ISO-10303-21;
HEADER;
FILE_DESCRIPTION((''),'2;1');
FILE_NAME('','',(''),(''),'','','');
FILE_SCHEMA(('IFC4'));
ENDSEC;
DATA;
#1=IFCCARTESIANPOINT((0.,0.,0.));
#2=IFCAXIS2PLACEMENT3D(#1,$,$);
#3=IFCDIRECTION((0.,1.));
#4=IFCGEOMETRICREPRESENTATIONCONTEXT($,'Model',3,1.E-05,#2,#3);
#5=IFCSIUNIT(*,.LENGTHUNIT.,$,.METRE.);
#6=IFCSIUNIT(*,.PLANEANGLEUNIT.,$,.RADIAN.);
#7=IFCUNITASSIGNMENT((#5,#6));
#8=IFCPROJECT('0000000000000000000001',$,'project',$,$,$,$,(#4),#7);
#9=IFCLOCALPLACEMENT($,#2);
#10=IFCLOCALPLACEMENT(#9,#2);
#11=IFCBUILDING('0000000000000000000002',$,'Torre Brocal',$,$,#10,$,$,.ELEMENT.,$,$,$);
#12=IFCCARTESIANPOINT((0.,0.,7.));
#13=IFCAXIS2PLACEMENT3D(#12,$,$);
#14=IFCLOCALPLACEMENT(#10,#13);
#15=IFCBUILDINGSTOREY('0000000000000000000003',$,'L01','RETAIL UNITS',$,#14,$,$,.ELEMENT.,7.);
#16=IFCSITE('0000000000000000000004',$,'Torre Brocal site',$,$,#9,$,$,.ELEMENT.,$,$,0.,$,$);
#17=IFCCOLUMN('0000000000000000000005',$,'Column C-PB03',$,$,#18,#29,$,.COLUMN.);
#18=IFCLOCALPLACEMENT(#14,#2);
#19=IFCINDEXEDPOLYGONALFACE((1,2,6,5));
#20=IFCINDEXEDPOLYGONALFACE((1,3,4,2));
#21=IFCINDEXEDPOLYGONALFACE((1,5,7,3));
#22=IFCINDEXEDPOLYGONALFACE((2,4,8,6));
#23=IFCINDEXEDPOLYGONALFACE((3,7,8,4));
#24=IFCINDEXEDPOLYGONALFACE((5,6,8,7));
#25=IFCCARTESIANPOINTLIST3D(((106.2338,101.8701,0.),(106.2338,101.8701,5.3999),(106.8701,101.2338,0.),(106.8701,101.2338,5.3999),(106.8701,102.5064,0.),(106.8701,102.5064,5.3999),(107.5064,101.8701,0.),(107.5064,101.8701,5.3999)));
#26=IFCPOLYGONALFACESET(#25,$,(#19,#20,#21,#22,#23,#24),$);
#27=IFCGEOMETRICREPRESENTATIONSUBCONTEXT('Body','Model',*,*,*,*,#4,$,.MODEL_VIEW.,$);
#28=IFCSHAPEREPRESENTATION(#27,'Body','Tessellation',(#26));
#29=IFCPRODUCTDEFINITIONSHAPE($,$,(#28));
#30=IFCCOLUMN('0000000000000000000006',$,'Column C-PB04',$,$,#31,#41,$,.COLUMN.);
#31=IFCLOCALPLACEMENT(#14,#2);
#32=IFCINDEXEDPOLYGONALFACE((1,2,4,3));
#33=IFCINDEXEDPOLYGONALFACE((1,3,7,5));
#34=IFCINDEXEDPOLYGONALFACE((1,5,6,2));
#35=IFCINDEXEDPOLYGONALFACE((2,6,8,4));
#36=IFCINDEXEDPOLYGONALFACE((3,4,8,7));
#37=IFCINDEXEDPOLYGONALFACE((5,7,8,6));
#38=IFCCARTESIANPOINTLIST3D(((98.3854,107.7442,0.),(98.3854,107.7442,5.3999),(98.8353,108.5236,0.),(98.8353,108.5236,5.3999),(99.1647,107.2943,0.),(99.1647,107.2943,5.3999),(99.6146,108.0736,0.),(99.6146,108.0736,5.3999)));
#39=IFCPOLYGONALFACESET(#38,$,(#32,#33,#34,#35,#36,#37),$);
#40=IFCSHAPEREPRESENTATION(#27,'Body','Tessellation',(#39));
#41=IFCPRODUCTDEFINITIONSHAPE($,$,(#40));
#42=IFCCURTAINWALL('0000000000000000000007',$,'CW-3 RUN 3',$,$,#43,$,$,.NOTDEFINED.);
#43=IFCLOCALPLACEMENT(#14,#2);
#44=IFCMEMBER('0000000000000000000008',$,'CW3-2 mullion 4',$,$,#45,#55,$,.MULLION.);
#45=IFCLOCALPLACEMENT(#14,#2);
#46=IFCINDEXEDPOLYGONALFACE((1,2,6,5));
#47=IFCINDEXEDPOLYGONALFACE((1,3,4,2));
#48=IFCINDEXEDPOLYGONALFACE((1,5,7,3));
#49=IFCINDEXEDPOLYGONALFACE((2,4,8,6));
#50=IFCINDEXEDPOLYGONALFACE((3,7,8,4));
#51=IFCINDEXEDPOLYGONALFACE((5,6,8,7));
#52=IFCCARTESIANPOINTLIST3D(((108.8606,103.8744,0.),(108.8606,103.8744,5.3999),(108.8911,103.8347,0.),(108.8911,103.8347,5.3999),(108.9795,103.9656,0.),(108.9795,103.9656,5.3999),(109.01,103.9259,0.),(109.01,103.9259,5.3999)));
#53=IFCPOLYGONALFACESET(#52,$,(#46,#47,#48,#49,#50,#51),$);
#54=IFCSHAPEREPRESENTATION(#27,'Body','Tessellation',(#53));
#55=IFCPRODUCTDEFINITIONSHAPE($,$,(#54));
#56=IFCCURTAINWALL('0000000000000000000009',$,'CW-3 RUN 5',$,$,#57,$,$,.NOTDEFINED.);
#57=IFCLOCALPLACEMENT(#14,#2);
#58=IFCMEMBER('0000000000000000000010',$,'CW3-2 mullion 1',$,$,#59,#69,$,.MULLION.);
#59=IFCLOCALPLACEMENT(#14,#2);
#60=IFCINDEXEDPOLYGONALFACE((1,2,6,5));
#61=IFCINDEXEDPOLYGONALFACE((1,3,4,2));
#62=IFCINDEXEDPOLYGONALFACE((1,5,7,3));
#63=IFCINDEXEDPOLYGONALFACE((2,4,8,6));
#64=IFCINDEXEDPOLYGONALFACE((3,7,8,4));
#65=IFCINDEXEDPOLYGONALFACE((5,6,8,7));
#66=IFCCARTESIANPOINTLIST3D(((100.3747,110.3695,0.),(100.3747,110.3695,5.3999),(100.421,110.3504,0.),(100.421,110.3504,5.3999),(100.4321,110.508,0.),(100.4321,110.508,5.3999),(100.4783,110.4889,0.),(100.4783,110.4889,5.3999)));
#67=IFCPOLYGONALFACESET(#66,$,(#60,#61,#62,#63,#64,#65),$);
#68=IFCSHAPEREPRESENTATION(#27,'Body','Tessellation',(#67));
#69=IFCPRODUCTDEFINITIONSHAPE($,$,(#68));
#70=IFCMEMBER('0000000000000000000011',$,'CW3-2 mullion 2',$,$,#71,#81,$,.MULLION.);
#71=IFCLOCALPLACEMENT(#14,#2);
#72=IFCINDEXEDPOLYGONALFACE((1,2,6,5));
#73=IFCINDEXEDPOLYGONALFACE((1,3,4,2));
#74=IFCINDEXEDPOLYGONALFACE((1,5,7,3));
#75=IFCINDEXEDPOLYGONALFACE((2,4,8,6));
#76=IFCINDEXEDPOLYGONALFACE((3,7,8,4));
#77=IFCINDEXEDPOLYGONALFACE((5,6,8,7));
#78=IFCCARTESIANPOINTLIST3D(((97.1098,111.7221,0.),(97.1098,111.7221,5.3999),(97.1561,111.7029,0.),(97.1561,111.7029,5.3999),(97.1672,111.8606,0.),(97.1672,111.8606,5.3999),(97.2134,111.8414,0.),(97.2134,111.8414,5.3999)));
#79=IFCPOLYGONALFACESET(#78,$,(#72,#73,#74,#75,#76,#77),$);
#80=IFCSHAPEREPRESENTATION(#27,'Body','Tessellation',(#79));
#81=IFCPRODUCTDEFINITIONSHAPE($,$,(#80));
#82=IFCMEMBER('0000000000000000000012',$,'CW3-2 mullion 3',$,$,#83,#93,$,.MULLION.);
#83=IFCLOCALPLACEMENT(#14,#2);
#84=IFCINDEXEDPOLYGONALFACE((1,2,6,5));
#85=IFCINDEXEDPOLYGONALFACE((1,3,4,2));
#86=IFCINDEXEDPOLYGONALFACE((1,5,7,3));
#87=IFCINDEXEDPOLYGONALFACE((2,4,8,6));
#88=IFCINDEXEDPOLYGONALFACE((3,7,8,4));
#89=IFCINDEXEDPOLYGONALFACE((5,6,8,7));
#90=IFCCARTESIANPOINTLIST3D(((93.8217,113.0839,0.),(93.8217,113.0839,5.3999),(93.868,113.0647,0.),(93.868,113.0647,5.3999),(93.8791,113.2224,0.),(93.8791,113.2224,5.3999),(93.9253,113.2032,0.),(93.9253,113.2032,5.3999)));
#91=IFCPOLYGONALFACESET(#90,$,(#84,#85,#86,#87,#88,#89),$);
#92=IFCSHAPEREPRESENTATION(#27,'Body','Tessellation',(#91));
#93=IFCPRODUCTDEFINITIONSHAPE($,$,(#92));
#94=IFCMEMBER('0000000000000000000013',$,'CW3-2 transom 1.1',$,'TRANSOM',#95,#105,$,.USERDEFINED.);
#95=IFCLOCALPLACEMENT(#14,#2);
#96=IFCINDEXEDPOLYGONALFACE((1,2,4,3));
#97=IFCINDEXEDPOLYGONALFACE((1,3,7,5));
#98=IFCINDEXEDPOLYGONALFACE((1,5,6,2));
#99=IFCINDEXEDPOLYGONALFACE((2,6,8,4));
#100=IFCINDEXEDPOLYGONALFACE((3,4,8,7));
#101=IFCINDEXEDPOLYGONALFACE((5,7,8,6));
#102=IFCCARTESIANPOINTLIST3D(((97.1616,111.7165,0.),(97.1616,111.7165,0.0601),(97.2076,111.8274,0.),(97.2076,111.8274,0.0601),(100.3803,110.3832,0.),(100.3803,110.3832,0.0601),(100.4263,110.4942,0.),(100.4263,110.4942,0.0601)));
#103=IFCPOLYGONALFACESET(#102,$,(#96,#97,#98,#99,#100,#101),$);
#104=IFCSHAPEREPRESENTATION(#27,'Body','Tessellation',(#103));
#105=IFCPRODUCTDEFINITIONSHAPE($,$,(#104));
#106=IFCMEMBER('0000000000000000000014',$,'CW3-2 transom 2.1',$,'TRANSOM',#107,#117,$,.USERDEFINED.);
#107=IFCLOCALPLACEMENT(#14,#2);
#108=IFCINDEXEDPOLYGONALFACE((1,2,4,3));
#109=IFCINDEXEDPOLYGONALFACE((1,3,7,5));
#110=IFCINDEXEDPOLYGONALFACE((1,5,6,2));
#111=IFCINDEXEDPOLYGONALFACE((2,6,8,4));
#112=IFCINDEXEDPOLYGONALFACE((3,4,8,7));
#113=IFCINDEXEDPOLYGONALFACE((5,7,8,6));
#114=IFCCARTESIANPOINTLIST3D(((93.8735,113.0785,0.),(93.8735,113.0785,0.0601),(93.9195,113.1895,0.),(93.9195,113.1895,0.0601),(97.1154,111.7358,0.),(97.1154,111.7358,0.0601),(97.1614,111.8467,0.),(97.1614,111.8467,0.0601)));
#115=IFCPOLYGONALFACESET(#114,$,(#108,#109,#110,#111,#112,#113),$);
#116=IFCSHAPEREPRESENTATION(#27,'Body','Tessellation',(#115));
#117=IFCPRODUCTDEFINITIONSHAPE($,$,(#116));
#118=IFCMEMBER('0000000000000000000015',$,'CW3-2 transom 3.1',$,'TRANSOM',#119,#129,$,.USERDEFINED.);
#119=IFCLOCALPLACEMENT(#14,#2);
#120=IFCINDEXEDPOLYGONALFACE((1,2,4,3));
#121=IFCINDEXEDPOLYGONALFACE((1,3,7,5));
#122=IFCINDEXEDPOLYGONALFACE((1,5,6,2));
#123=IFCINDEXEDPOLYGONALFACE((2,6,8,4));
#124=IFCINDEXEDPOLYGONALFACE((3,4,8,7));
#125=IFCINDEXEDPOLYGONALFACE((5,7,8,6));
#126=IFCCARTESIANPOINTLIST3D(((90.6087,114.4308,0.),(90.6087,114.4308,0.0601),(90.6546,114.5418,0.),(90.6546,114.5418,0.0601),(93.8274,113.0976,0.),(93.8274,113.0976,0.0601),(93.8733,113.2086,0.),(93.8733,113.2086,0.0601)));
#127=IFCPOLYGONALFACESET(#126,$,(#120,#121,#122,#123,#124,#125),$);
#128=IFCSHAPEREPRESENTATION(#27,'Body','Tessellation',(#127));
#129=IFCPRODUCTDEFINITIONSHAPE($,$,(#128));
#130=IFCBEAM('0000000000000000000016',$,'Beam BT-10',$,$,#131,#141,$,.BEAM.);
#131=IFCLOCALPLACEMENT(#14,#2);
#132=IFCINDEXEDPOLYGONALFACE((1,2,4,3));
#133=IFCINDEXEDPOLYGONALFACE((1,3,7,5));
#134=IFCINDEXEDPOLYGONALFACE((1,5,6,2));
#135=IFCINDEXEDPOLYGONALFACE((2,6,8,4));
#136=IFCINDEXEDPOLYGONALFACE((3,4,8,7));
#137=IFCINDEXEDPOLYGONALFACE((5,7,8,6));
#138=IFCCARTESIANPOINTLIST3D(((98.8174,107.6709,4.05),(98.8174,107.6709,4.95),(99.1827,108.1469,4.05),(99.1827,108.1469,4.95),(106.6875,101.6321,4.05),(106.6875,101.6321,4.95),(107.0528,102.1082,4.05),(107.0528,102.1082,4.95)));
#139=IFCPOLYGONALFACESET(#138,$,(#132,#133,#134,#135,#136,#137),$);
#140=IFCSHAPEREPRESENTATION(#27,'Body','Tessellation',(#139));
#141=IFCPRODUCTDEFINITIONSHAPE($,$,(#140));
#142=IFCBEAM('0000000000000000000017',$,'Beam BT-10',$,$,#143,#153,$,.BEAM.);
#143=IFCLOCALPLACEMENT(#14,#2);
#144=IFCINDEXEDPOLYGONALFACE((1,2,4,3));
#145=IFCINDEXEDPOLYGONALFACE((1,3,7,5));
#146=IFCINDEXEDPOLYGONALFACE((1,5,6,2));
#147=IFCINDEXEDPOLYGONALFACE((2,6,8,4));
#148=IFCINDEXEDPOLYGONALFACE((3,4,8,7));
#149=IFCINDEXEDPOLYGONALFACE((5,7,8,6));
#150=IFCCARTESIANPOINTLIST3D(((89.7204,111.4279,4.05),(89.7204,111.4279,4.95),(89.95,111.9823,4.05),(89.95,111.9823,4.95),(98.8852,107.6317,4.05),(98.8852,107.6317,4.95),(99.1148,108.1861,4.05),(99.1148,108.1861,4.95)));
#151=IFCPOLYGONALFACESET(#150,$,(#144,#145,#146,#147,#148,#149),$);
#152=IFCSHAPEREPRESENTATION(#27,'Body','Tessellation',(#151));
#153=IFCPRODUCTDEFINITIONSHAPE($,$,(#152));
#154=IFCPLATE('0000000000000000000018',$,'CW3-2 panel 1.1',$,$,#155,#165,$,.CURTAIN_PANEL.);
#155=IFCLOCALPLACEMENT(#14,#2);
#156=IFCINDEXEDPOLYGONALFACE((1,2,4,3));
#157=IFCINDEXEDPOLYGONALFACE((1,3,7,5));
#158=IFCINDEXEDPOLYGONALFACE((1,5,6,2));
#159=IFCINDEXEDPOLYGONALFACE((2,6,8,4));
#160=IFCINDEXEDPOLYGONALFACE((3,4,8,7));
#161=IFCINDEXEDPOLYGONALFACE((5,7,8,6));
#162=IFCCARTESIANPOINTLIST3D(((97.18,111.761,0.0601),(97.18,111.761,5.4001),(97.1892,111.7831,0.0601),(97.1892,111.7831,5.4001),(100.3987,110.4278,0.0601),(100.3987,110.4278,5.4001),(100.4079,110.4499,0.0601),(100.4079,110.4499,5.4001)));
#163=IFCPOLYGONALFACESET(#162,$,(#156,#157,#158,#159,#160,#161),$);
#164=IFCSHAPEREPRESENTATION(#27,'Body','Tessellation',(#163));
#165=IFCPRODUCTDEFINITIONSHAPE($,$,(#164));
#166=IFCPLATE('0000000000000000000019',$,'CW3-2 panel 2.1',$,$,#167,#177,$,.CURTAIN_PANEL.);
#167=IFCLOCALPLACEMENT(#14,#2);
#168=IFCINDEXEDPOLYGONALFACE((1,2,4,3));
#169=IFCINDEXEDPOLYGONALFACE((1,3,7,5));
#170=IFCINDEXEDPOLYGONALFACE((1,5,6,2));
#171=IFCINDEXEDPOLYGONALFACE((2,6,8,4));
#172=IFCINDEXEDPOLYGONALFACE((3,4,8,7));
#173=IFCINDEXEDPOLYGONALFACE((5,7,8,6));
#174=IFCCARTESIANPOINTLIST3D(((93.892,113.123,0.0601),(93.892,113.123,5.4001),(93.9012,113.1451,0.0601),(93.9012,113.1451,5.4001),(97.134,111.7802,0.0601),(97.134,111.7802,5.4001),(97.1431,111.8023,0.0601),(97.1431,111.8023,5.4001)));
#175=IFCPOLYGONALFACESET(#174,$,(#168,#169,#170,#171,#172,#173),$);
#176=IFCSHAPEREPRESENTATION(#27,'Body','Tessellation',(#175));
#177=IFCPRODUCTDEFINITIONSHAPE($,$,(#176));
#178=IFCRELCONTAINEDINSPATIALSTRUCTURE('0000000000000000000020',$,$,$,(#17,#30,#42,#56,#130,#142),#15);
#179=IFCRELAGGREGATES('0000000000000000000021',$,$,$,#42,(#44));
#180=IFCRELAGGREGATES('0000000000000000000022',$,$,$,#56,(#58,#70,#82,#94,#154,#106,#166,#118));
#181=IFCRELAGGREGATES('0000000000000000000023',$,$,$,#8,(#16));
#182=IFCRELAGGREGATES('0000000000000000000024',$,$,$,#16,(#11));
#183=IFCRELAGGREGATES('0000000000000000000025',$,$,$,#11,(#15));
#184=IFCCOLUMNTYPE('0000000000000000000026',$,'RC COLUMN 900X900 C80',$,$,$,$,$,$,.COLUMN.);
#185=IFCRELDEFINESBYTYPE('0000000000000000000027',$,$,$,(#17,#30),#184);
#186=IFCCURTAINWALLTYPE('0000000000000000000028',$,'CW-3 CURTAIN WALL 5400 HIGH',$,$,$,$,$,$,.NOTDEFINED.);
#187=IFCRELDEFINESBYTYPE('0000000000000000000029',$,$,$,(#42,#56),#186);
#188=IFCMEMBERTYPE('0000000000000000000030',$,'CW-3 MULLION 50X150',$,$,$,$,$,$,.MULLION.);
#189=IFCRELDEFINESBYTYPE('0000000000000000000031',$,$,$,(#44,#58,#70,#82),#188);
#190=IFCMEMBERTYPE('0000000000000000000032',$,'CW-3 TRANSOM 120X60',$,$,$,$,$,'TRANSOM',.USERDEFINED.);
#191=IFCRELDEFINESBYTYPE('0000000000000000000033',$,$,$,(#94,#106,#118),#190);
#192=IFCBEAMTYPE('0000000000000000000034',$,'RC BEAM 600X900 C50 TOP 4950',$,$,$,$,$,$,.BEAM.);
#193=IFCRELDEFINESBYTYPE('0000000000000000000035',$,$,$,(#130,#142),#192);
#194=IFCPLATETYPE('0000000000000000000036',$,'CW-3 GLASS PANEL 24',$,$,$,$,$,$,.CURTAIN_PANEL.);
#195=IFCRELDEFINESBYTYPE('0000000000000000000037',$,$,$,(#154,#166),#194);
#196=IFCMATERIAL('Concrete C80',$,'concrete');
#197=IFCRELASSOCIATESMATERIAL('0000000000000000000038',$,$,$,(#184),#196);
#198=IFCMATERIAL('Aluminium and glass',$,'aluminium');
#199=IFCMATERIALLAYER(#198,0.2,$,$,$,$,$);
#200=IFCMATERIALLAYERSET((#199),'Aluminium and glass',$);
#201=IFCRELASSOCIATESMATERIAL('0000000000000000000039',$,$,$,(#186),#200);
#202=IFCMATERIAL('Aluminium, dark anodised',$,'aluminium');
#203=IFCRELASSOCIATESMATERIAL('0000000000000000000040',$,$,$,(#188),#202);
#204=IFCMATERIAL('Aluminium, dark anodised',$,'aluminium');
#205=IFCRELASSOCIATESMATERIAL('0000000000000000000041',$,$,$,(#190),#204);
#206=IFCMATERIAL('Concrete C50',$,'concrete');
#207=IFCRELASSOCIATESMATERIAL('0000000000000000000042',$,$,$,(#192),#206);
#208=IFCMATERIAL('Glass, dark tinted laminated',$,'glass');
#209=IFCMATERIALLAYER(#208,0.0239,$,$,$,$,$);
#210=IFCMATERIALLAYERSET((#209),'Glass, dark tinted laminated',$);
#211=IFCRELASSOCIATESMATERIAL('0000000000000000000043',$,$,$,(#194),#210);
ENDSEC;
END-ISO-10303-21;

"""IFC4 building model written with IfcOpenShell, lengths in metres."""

from ifc_helpers import new_model, si_unit, direction, frame, origin, origin_2d, place, context, subcontext, project, spatial, rectangle, extrude, material, layer, layer_set, material_profile, profile_set, type_object, element, aggregate, save


model = new_model("IFC4")

# Units and contexts
model_context = context("Model", 3, precision=1e-05, world=origin(), true_north=direction((0.0, 1.0)))
body_context = subcontext(model_context, "Body", "Model", "MODEL_VIEW")
ifc_project = project(units=[si_unit("LENGTHUNIT", "METRE"), si_unit("PLANEANGLEUNIT", "RADIAN")], contexts=[model_context])

# Site, building, storey
site_placement = place(None, origin())
site = spatial("IfcSite", under=ifc_project, at=site_placement, Name="Torre Brocal site", CompositionType="ELEMENT", RefElevation=0.0)
building_placement = place(site_placement, origin())
building = spatial("IfcBuilding", under=site, at=building_placement, Name="Torre Brocal", CompositionType="ELEMENT")
storey_placement = place(building_placement, frame((0.0, 0.0, 7.0)))
storey = spatial("IfcBuildingStorey", under=building, at=storey_placement, Name="L01", Description="RETAIL UNITS", CompositionType="ELEMENT", Elevation=7.0)

# Columns
ifc_material_1 = material(Name="Concrete C80", Category="concrete")
ifc_material_profile_1 = material_profile(ifc_material_1, rectangle(XDim=0.8999, YDim=0.8999, at=origin_2d()), Name="RC 900X900")
ifc_profile_set_1 = profile_set([ifc_material_profile_1], Name="Concrete C80")
column_type = type_object("IfcColumnType", Name="RC COLUMN 900X900 C80", PredefinedType="COLUMN", material=ifc_profile_set_1)
for number, where, z_axis, x_axis, name in (
    (1, (106.8701, 101.8701, 0.0), (0.0, 0.0, 1.0), (0.707107, 0.707107, 0.0), "Column C-PB03"),
    (2, (99.0, 107.9089, 0.0), (0.0, 0.0, 1.0), (0.5, 0.866025, 0.0), "Column C-PB04"),
):
    element("IfcColumn", number, at=place(storey_placement, frame(where, z_axis=z_axis, x_axis=x_axis)), inside=storey, type_object=column_type, Name=name, PredefinedType="COLUMN", context=body_context, shape_type="SweptSolid", body=[
        extrude(rectangle(XDim=0.8999, YDim=0.8999, at=origin_2d()), origin(), (0.0, 0.0, 1.0), 5.3999),
    ])

# Curtain wall, member
ifc_material_2 = material(Name="Aluminium and glass", Category="aluminium")
ifc_layer_1 = layer(ifc_material_2, 0.2)
ifc_layer_set_1 = layer_set([ifc_layer_1], Name="Aluminium and glass")
curtain_wall_type = type_object("IfcCurtainWallType", Name="CW-3 CURTAIN WALL 5400 HIGH", PredefinedType="NOTDEFINED", material=ifc_layer_set_1)
curtain_wall_1_placement = place(storey_placement, origin())
curtain_wall_1 = element("IfcCurtainWall", 3, at=curtain_wall_1_placement, inside=storey, type_object=curtain_wall_type, Name="CW-3 RUN 3", PredefinedType="NOTDEFINED")
ifc_material_3 = material(Name="Aluminium, dark anodised", Category="aluminium")
ifc_material_profile_2 = material_profile(ifc_material_3, rectangle(XDim=0.1499, YDim=0.05, at=origin_2d()), Name="CW-3 MULLION 50X150")
ifc_profile_set_2 = profile_set([ifc_material_profile_2], Name="Aluminium, dark anodised")
member_type_1 = type_object("IfcMemberType", Name="CW-3 MULLION 50X150", PredefinedType="MULLION", material=ifc_profile_set_2)
member_1_placement = place(storey_placement, frame((108.9353, 103.9001, 0.0), z_axis=(0.0, 0.0, 1.0), x_axis=(-0.793353, -0.608761, 0.0)))
member_1 = element("IfcMember", 4, at=member_1_placement, type_object=member_type_1, Name="CW3-2 mullion 4", PredefinedType="MULLION", context=body_context, shape_type="SweptSolid", body=[
    extrude(rectangle(XDim=0.1499, YDim=0.05, at=origin_2d()), origin(), (0.0, 0.0, 1.0), 5.3999),
])
aggregate(curtain_wall_1, [member_1])

# Curtain wall, members
curtain_wall_2_placement = place(storey_placement, origin())
curtain_wall_2 = element("IfcCurtainWall", 5, at=curtain_wall_2_placement, inside=storey, type_object=curtain_wall_type, Name="CW-3 RUN 5", PredefinedType="NOTDEFINED")
member_2_placement = place(storey_placement, frame((100.4265, 110.4292, 0.0), z_axis=(0.0, 0.0, 1.0), x_axis=(-0.382683, -0.92388, 0.0)))
member_2 = element("IfcMember", 6, at=member_2_placement, type_object=member_type_1, Name="CW3-2 mullion 1", PredefinedType="MULLION", context=body_context, shape_type="SweptSolid", body=[
    extrude(rectangle(XDim=0.1499, YDim=0.05, at=origin_2d()), origin(), (0.0, 0.0, 1.0), 5.3999),
])
member_3_placement = place(storey_placement, frame((97.1616, 111.7817, 0.0), z_axis=(0.0, 0.0, 1.0), x_axis=(-0.382683, -0.92388, 0.0)))
member_3 = element("IfcMember", 7, at=member_3_placement, type_object=member_type_1, Name="CW3-2 mullion 2", PredefinedType="MULLION", context=body_context, shape_type="SweptSolid", body=[
    extrude(rectangle(XDim=0.1499, YDim=0.05, at=origin_2d()), origin(), (0.0, 0.0, 1.0), 5.3999),
])
member_4_placement = place(storey_placement, frame((93.8735, 113.1436, 0.0), z_axis=(0.0, 0.0, 1.0), x_axis=(-0.382683, -0.92388, 0.0)))
member_4 = element("IfcMember", 8, at=member_4_placement, type_object=member_type_1, Name="CW3-2 mullion 3", PredefinedType="MULLION", context=body_context, shape_type="SweptSolid", body=[
    extrude(rectangle(XDim=0.1499, YDim=0.05, at=origin_2d()), origin(), (0.0, 0.0, 1.0), 5.3999),
])
ifc_material_4 = material(Name="Aluminium, dark anodised", Category="aluminium")
ifc_material_profile_3 = material_profile(ifc_material_4, rectangle(XDim=0.1201, YDim=0.0601, at=origin_2d()), Name="CW-3 TRANSOM 120X60")
ifc_profile_set_3 = profile_set([ifc_material_profile_3], Name="Aluminium, dark anodised")
member_type_2 = type_object("IfcMemberType", Name="CW-3 TRANSOM 120X60", ElementType="TRANSOM", PredefinedType="USERDEFINED", material=ifc_profile_set_3)
member_5_placement = place(storey_placement, frame((100.4033, 110.4387, 0.03), z_axis=(-0.923879, 0.382684, 0.0), x_axis=(-0.382684, -0.923879, 0.0)))
member_5 = element("IfcMember", 9, at=member_5_placement, type_object=member_type_2, Name="CW3-2 transom 1.1", ObjectType="TRANSOM", PredefinedType="USERDEFINED", context=body_context, shape_type="SweptSolid", body=[
    extrude(rectangle(XDim=0.1201, YDim=0.0601, at=origin_2d()), origin(), (0.0, 0.0, 1.0), 3.4839),
])
member_6_placement = place(storey_placement, frame((97.1384, 111.7913, 0.03), z_axis=(-0.923888, 0.382663, 0.0), x_axis=(-0.382663, -0.923888, 0.0)))
member_6 = element("IfcMember", 10, at=member_6_placement, type_object=member_type_2, Name="CW3-2 transom 2.1", ObjectType="TRANSOM", PredefinedType="USERDEFINED", context=body_context, shape_type="SweptSolid", body=[
    extrude(rectangle(XDim=0.1201, YDim=0.0601, at=origin_2d()), origin(), (0.0, 0.0, 1.0), 3.509),
])
member_7_placement = place(storey_placement, frame((93.8503, 113.1531, 0.03), z_axis=(-0.923879, 0.382684, 0.0), x_axis=(-0.382684, -0.923879, 0.0)))
member_7 = element("IfcMember", 11, at=member_7_placement, type_object=member_type_2, Name="CW3-2 transom 3.1", ObjectType="TRANSOM", PredefinedType="USERDEFINED", context=body_context, shape_type="SweptSolid", body=[
    extrude(rectangle(XDim=0.1201, YDim=0.0601, at=origin_2d()), origin(), (0.0, 0.0, 1.0), 3.4839),
])

# Beams
ifc_material_5 = material(Name="Concrete C50", Category="concrete")
ifc_material_profile_4 = material_profile(ifc_material_5, rectangle(XDim=0.6001, YDim=0.8999, at=origin_2d()), Name="RC 600X900")
ifc_profile_set_4 = profile_set([ifc_material_profile_4], Name="Concrete C50")
beam_type = type_object("IfcBeamType", Name="RC BEAM 600X900 C50 TOP 4950", PredefinedType="BEAM", material=ifc_profile_set_4)
for number, where, z_axis, x_axis, name in (
    (12, (106.8701, 101.8701, 4.5), (-0.79336, 0.608753, 0.0), (-0.608753, -0.79336, 0.0), "Beam BT-10"),
    (13, (99.0, 107.9089, 4.5), (-0.923881, 0.38268, 0.0), (-0.38268, -0.923881, 0.0), "Beam BT-10"),
):
    element("IfcBeam", number, at=place(storey_placement, frame(where, z_axis=z_axis, x_axis=x_axis)), inside=storey, type_object=beam_type, Name=name, PredefinedType="BEAM", context=body_context, shape_type="SweptSolid", body=[
        extrude(rectangle(XDim=0.6001, YDim=0.8999, at=origin_2d()), origin(), (0.0, 0.0, 1.0), 9.9199),
    ])

# Plates
ifc_material_6 = material(Name="Glass, dark tinted laminated", Category="glass")
ifc_layer_2 = layer(ifc_material_6, 0.0239)
ifc_layer_set_2 = layer_set([ifc_layer_2], Name="Glass, dark tinted laminated")
plate_type = type_object("IfcPlateType", Name="CW-3 GLASS PANEL 24", PredefinedType="CURTAIN_PANEL", material=ifc_layer_set_2)
plate_1_placement = place(storey_placement, frame((98.7939, 111.1055, 0.0601), z_axis=(0.0, 0.0, 1.0), x_axis=(-0.92388, 0.382683, 0.0)))
plate_1 = element("IfcPlate", 14, at=plate_1_placement, type_object=plate_type, Name="CW3-2 panel 1.1", PredefinedType="CURTAIN_PANEL", context=body_context, shape_type="SweptSolid", body=[
    extrude(rectangle(XDim=3.4839, YDim=0.0239, at=origin_2d()), origin(), (0.0, 0.0, 1.0), 5.3401),
])
plate_2_placement = place(storey_placement, frame((95.5176, 112.4626, 0.0601), z_axis=(0.0, 0.0, 1.0), x_axis=(-0.92388, 0.382683, 0.0)))
plate_2 = element("IfcPlate", 15, at=plate_2_placement, type_object=plate_type, Name="CW3-2 panel 2.1", PredefinedType="CURTAIN_PANEL", context=body_context, shape_type="SweptSolid", body=[
    extrude(rectangle(XDim=3.509, YDim=0.0239, at=origin_2d()), origin(), (0.0, 0.0, 1.0), 5.3401),
])
aggregate(curtain_wall_2, [member_2, member_3, member_4, member_5, plate_1, member_6, plate_2, member_7])

save(model, "model.ifc")
